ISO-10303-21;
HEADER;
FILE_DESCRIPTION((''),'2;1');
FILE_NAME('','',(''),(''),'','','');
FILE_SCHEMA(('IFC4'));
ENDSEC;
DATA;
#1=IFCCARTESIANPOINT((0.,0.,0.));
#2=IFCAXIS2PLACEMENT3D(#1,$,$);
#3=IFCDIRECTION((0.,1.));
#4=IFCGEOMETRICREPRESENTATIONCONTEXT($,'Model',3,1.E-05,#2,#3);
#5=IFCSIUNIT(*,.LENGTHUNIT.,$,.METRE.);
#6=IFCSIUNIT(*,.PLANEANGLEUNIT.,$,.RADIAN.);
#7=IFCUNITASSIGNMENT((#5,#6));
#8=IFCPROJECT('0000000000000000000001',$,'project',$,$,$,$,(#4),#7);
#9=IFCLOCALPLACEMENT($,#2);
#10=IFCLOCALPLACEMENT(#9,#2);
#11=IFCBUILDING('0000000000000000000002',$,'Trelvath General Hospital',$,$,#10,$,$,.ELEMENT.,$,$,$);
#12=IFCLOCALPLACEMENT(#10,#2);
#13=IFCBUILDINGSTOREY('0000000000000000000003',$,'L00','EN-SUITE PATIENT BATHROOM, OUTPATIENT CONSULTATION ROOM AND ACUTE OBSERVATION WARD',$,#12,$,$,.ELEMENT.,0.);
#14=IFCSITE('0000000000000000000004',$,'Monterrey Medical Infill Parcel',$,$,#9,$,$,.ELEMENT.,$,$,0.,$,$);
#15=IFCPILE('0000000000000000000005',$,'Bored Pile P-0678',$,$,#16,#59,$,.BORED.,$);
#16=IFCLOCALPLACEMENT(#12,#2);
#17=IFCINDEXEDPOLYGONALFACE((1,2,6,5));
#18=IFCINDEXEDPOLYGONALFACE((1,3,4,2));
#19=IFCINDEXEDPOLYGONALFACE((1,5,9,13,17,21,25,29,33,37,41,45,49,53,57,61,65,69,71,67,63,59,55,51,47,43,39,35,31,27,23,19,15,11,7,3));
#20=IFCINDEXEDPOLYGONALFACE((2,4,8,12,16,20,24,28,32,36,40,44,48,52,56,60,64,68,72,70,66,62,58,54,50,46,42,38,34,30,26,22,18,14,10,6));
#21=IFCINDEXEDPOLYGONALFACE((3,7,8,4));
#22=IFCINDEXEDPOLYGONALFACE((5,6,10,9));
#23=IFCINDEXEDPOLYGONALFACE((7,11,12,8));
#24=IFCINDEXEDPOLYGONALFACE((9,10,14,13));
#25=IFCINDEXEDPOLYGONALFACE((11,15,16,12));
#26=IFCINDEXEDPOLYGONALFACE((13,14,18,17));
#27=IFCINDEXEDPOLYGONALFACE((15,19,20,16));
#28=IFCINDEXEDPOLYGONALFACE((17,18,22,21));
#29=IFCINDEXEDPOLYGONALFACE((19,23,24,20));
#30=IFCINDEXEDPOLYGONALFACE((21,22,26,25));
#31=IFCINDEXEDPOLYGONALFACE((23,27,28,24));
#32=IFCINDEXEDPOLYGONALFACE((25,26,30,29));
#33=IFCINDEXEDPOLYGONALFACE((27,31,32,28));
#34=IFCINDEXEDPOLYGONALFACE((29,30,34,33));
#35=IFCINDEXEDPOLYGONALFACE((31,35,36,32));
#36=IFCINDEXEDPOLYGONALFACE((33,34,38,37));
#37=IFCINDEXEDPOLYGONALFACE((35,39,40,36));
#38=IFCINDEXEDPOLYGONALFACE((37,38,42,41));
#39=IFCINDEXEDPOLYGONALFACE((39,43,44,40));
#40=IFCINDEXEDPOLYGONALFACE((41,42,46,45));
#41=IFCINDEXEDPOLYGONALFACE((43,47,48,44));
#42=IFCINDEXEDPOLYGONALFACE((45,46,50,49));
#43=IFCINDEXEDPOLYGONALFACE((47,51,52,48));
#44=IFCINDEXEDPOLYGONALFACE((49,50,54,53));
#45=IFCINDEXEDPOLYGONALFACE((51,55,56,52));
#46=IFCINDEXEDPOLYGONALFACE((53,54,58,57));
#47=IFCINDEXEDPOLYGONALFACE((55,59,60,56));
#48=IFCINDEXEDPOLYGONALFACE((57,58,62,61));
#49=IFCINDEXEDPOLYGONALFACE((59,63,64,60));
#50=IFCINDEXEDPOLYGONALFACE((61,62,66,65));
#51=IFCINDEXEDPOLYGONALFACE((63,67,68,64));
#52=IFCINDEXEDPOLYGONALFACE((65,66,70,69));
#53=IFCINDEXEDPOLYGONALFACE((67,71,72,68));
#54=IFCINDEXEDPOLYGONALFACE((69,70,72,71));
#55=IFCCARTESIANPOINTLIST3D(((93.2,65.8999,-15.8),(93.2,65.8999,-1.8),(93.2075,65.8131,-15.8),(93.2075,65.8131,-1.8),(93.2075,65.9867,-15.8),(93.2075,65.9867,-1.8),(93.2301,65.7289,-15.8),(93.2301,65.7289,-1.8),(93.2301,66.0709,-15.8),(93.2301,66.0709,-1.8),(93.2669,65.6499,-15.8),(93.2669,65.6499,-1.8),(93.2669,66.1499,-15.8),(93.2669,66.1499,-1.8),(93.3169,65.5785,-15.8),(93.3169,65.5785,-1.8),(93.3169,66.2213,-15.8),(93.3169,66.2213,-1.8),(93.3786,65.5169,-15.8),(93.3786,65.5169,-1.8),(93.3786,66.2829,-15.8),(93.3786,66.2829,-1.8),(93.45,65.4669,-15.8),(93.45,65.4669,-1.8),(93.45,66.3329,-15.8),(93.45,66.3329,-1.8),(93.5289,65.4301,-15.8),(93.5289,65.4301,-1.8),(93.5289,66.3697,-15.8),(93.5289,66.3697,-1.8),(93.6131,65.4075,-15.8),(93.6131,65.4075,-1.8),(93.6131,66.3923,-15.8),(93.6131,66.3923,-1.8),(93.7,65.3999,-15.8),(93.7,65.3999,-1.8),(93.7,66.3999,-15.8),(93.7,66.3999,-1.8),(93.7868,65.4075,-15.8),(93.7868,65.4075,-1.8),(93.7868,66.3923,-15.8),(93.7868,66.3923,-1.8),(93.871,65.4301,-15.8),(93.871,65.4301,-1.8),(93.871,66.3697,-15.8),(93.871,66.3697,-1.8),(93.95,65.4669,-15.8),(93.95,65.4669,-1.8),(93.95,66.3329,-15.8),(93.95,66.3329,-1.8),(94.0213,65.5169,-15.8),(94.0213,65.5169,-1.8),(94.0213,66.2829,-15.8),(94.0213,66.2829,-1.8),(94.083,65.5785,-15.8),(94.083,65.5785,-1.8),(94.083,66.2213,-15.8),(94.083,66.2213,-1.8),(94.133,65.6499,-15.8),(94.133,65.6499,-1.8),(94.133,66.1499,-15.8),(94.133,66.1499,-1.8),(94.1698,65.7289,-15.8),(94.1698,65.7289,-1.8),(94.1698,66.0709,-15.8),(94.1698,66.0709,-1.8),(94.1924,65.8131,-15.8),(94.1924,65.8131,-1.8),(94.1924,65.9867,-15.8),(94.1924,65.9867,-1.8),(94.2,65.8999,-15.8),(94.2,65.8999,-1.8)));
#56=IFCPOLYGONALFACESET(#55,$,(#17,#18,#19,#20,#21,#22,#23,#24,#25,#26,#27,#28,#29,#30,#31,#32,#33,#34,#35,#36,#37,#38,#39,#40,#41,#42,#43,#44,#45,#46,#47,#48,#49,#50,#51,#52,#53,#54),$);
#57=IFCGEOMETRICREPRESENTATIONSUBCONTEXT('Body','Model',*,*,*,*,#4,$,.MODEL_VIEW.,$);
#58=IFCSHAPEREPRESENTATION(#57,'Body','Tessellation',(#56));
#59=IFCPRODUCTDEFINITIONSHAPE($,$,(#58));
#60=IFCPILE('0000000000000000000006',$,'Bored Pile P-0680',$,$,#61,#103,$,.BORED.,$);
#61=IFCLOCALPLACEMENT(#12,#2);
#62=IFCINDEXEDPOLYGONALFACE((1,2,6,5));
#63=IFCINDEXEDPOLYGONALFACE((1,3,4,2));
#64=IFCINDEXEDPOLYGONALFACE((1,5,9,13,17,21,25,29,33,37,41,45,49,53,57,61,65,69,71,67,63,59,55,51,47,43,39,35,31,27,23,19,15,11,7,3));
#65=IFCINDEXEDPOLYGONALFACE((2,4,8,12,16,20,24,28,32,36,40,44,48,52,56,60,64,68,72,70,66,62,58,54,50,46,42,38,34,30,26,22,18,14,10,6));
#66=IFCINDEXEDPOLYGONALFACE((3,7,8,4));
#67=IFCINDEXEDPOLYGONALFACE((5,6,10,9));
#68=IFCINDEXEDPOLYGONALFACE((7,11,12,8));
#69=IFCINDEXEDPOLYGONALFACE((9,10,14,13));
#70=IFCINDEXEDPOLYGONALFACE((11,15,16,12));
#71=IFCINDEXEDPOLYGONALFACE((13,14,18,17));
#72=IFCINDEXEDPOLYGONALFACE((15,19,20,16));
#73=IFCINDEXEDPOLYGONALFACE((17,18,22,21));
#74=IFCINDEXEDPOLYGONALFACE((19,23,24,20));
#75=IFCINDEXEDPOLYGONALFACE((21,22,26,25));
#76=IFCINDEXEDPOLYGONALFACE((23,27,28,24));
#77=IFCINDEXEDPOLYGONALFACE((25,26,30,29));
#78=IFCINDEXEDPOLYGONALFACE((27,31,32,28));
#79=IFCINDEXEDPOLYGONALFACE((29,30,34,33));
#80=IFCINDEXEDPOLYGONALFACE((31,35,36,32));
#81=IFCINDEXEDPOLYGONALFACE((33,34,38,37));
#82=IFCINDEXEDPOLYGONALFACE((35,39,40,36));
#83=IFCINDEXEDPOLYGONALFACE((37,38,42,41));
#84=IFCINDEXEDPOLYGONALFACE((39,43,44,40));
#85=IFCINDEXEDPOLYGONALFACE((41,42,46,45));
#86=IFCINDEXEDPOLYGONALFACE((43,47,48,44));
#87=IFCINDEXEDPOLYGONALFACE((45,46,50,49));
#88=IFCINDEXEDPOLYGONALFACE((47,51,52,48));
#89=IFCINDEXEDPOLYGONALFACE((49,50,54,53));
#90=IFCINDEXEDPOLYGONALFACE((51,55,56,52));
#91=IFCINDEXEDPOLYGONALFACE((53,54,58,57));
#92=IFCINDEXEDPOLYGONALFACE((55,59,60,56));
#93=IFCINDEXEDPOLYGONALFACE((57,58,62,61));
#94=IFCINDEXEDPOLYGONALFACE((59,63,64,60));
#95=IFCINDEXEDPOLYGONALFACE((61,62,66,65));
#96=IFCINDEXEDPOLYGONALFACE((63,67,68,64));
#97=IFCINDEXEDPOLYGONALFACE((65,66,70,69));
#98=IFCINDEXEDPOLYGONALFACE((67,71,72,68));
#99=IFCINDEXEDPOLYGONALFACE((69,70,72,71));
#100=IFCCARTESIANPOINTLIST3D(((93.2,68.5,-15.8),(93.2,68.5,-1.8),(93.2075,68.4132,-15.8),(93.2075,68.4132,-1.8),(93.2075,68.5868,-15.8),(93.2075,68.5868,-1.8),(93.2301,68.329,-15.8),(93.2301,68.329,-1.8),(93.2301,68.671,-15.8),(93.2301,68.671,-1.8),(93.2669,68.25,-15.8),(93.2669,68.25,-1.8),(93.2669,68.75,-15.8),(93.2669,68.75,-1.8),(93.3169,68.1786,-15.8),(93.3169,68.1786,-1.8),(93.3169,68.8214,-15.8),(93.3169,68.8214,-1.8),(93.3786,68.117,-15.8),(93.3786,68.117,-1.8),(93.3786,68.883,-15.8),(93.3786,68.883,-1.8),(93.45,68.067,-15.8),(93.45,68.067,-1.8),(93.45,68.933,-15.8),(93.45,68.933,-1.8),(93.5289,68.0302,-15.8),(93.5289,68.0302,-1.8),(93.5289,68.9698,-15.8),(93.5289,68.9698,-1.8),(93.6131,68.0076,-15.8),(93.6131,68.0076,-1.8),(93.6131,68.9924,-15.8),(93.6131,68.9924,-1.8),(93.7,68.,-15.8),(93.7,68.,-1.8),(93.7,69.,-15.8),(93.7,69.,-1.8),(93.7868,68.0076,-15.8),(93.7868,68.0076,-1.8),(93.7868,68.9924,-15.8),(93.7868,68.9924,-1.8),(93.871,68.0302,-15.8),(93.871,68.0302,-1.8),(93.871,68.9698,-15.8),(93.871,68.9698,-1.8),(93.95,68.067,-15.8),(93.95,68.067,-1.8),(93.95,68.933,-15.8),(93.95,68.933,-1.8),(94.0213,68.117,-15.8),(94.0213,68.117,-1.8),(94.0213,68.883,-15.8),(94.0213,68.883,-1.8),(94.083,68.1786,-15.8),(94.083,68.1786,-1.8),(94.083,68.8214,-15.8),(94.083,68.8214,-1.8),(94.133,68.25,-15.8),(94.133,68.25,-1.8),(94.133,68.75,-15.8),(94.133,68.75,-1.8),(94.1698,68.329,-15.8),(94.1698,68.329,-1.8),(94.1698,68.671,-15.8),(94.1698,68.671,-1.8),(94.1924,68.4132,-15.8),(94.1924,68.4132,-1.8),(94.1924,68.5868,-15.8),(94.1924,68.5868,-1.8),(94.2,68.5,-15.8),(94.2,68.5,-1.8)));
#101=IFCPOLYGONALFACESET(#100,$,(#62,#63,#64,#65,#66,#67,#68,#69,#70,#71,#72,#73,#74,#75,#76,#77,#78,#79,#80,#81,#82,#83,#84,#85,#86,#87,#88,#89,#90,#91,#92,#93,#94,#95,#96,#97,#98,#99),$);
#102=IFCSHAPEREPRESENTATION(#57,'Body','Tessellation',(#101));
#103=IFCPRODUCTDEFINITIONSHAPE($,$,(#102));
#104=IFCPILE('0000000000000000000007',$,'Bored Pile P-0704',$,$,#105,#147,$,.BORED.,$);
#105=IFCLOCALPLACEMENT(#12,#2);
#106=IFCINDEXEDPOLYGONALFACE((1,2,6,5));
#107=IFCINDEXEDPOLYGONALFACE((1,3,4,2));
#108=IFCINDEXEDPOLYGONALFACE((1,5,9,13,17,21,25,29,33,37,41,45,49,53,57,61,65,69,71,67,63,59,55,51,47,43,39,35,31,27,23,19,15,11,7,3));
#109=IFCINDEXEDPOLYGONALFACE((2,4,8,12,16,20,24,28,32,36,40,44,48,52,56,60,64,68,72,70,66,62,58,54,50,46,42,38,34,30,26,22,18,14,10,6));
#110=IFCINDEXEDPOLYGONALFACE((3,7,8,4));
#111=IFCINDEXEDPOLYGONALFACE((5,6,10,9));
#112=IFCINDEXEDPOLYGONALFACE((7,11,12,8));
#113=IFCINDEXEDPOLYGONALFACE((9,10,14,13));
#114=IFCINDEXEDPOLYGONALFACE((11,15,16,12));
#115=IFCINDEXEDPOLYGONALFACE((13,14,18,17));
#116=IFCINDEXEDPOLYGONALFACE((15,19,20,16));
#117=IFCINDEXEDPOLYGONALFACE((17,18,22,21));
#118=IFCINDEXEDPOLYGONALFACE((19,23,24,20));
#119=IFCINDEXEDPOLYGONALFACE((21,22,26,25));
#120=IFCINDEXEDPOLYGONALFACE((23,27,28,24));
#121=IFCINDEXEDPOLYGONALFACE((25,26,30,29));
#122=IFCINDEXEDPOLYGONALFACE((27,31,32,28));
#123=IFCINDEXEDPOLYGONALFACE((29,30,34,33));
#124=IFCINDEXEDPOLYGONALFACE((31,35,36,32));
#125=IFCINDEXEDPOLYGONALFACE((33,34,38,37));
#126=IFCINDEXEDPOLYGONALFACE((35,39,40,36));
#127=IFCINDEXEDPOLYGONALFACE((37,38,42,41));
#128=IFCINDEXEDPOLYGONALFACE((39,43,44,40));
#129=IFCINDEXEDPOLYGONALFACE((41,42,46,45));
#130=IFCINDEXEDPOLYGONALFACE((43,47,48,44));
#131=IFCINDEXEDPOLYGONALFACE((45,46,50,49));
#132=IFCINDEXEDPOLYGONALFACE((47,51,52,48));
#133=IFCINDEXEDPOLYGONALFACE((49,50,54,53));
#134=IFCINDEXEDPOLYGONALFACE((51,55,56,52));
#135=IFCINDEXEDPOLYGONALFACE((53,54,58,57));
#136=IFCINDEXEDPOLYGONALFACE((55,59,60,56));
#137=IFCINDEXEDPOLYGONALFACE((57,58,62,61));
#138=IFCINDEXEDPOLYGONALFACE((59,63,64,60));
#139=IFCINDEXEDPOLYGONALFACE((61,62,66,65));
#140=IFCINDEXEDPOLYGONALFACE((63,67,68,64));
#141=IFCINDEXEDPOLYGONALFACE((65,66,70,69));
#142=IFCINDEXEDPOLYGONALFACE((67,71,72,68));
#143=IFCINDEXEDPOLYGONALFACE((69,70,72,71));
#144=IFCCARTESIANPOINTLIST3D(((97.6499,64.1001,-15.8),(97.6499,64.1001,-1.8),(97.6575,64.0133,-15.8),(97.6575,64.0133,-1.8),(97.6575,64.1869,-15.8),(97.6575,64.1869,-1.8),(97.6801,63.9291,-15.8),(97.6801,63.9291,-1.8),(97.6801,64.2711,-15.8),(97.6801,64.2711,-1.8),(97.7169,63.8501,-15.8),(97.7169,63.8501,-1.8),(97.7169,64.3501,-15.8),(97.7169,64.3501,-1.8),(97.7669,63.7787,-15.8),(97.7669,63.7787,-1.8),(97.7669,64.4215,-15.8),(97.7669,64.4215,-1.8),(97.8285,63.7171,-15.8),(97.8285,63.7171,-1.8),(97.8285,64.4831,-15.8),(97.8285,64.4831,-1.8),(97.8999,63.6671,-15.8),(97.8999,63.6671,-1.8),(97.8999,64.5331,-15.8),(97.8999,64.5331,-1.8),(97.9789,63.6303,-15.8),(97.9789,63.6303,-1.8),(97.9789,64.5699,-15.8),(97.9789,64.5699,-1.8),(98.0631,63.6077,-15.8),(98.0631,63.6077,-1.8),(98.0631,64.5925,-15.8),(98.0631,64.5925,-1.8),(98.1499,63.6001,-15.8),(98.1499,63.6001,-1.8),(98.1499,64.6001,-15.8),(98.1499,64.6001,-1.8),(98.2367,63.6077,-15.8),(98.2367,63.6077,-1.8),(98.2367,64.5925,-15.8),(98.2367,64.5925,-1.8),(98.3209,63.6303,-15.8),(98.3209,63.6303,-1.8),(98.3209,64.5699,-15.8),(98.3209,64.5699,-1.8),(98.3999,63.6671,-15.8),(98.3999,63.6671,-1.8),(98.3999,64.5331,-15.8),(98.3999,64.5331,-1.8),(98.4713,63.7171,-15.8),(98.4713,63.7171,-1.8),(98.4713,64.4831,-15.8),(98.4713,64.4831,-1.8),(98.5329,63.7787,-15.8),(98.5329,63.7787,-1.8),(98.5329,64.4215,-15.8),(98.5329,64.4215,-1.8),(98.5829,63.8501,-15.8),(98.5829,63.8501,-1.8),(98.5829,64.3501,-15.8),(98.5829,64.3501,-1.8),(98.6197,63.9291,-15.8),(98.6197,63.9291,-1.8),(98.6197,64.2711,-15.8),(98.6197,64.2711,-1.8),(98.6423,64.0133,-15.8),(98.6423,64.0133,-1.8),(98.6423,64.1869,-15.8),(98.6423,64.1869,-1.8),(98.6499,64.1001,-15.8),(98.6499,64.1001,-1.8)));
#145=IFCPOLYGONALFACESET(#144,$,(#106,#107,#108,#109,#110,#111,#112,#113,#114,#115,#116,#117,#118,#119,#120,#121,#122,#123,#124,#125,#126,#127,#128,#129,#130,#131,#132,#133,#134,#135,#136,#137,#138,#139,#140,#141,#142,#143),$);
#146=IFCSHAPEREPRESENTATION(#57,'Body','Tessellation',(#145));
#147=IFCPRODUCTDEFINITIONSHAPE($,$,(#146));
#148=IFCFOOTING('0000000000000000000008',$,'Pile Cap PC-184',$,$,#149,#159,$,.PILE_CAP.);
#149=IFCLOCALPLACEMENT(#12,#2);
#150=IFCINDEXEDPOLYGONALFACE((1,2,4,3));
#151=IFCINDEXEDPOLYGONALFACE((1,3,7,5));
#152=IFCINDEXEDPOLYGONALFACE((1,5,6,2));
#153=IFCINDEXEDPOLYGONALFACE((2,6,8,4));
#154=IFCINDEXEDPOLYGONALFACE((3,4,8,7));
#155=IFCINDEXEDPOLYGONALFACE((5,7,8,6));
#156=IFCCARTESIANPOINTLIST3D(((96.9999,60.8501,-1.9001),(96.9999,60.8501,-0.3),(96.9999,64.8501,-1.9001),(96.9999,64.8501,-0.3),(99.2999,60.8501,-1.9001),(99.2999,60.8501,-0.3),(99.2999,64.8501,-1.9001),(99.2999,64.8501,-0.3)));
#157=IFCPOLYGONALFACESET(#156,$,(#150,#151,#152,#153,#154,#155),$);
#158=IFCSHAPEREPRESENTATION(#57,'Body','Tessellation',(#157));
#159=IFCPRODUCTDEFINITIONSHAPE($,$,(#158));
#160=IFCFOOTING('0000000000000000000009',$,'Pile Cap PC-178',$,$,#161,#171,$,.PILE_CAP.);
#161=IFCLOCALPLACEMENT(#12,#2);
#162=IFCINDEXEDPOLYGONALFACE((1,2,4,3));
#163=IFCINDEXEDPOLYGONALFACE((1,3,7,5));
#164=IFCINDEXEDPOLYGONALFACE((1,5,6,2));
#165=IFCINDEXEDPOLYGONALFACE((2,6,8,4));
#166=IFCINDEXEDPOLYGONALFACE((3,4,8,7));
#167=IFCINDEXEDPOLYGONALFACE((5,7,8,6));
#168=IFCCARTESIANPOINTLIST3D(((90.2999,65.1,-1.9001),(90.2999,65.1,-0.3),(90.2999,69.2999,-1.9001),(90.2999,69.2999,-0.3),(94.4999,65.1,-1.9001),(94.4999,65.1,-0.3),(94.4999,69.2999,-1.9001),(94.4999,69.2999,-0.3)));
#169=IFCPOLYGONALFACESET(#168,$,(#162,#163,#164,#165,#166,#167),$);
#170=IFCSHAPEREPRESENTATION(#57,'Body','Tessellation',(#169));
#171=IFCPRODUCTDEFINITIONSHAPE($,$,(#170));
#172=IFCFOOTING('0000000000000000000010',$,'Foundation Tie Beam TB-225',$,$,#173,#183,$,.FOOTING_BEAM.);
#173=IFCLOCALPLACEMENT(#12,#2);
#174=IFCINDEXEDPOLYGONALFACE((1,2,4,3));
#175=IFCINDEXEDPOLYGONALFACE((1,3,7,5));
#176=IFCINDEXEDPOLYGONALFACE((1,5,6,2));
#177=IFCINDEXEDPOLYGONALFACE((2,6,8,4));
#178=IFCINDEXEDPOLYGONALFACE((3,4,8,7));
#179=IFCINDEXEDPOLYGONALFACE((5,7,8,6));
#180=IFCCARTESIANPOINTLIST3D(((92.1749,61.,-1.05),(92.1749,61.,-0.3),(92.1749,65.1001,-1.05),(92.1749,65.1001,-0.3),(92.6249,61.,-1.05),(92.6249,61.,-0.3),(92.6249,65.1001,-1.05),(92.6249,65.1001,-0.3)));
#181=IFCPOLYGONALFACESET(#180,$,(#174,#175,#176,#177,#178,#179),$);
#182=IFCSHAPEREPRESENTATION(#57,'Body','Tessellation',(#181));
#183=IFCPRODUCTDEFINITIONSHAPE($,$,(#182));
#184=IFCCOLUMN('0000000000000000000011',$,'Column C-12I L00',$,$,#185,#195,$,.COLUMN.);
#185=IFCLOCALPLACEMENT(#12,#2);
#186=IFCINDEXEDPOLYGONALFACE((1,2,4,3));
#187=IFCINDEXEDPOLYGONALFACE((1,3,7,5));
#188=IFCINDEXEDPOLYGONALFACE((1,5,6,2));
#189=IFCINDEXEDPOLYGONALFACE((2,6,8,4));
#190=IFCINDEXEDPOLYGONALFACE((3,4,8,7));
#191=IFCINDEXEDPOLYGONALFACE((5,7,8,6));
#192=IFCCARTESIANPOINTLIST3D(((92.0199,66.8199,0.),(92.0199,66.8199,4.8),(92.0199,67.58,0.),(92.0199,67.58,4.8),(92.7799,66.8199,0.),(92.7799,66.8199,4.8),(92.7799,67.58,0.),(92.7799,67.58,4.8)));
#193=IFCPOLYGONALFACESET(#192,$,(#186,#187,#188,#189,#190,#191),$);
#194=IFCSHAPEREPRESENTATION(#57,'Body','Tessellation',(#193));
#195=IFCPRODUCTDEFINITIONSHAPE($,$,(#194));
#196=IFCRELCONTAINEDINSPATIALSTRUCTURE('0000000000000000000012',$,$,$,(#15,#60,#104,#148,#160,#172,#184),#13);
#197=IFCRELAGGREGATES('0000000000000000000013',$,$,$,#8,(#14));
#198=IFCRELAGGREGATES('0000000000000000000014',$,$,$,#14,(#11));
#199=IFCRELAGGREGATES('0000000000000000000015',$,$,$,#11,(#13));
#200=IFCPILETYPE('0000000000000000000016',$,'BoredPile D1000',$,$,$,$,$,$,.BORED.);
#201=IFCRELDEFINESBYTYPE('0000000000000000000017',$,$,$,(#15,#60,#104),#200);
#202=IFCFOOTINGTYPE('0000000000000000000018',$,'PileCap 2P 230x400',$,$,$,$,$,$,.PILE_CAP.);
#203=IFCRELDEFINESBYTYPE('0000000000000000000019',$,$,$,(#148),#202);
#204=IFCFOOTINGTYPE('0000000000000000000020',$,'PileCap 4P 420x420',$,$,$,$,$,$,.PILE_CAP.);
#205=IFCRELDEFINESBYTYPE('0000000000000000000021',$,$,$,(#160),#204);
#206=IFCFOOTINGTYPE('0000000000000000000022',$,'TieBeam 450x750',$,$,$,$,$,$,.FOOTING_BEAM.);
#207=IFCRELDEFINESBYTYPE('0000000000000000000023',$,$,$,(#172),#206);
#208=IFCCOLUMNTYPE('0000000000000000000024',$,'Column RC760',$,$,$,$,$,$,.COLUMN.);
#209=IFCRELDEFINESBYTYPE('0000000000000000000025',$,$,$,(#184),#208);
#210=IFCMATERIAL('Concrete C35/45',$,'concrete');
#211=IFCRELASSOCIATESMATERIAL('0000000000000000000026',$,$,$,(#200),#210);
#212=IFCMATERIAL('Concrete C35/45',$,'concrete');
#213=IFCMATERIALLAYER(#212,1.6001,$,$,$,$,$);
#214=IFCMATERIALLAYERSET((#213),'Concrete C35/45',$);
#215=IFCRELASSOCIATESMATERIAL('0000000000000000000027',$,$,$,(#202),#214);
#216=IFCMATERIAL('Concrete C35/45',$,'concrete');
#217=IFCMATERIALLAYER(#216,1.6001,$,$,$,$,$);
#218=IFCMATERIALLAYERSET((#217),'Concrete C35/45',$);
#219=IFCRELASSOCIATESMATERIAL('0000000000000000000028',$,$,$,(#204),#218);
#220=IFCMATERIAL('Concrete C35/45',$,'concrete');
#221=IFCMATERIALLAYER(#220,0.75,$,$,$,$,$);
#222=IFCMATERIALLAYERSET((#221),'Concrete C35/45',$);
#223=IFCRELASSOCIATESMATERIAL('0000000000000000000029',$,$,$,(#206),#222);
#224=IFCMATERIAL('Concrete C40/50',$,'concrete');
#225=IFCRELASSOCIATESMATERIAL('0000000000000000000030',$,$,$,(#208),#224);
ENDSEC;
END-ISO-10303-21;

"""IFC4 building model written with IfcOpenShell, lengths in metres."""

from ifc_helpers import new_model, si_unit, direction, frame, origin, origin_2d, place, context, subcontext, project, spatial, rectangle, circle, extrude, material, layer, layer_set, material_profile, profile_set, type_object, element, save


model = new_model("IFC4")

# Units and contexts
model_context = context("Model", 3, precision=1e-05, world=origin(), true_north=direction((0.0, 1.0)))
body_context = subcontext(model_context, "Body", "Model", "MODEL_VIEW")
ifc_project = project(units=[si_unit("LENGTHUNIT", "METRE"), si_unit("PLANEANGLEUNIT", "RADIAN")], contexts=[model_context])

# Site, building, storey
site_placement = place(None, origin())
site = spatial("IfcSite", under=ifc_project, at=site_placement, Name="Monterrey Medical Infill Parcel", CompositionType="ELEMENT", RefElevation=0.0)
building_placement = place(site_placement, origin())
building = spatial("IfcBuilding", under=site, at=building_placement, Name="Trelvath General Hospital", CompositionType="ELEMENT")
storey_placement = place(building_placement, origin())
storey = spatial("IfcBuildingStorey", under=building, at=storey_placement, Name="L00", Description="EN-SUITE PATIENT BATHROOM, OUTPATIENT CONSULTATION ROOM AND ACUTE OBSERVATION WARD", CompositionType="ELEMENT", Elevation=0.0)

# Piles
ifc_material_1 = material(Name="Concrete C35/45", Category="concrete")
ifc_material_profile_1 = material_profile(ifc_material_1, circle(Radius=0.5, at=origin_2d()), Name="PILE1000")
ifc_profile_set_1 = profile_set([ifc_material_profile_1], Name="Concrete C35/45")
pile_type = type_object("IfcPileType", Name="BoredPile D1000", PredefinedType="BORED", material=ifc_profile_set_1)
for number, where, z_axis, x_axis, name in (
    (1, (93.7, 65.8999, -1.8), (0.0, 0.0, -1.0), (1.0, 0.0, 0.0), "Bored Pile P-0678"),
    (2, (93.7, 68.5, -1.8), (0.0, 0.0, -1.0), (1.0, 0.0, 0.0), "Bored Pile P-0680"),
    (3, (98.1499, 64.1001, -1.8), (0.0, 0.0, -1.0), (1.0, 0.0, 0.0), "Bored Pile P-0704"),
):
    element("IfcPile", number, at=place(storey_placement, frame(where, z_axis=z_axis, x_axis=x_axis)), inside=storey, type_object=pile_type, Name=name, PredefinedType="BORED", context=body_context, shape_type="SweptSolid", body=[
        extrude(circle(Radius=0.5, at=origin_2d()), origin(), (0.0, 0.0, 1.0), 14.0),
    ])

# Footings
ifc_material_2 = material(Name="Concrete C35/45", Category="concrete")
ifc_layer_1 = layer(ifc_material_2, 1.6001)
ifc_layer_set_1 = layer_set([ifc_layer_1], Name="Concrete C35/45")
footing_type_1 = type_object("IfcFootingType", Name="PileCap 2P 230x400", PredefinedType="PILE_CAP", material=ifc_layer_set_1)
footing_1_placement = place(storey_placement, frame((98.1499, 62.8501, -1.9001), z_axis=(0.0, 0.0, 1.0), x_axis=(1.0, 0.0, 0.0)))
element("IfcFooting", 4, at=footing_1_placement, inside=storey, type_object=footing_type_1, Name="Pile Cap PC-184", PredefinedType="PILE_CAP", context=body_context, shape_type="SweptSolid", body=[
    extrude(rectangle(XDim=2.3, YDim=4.0, at=origin_2d()), origin(), (0.0, 0.0, 1.0), 1.6001),
])
ifc_material_3 = material(Name="Concrete C35/45", Category="concrete")
ifc_layer_2 = layer(ifc_material_3, 1.6001)
ifc_layer_set_2 = layer_set([ifc_layer_2], Name="Concrete C35/45")
footing_type_2 = type_object("IfcFootingType", Name="PileCap 4P 420x420", PredefinedType="PILE_CAP", material=ifc_layer_set_2)
footing_2_placement = place(storey_placement, frame((92.3999, 67.2, -1.9001), z_axis=(0.0, 0.0, 1.0), x_axis=(1.0, 0.0, 0.0)))
element("IfcFooting", 5, at=footing_2_placement, inside=storey, type_object=footing_type_2, Name="Pile Cap PC-178", PredefinedType="PILE_CAP", context=body_context, shape_type="SweptSolid", body=[
    extrude(rectangle(XDim=4.2, YDim=4.2, at=origin_2d()), origin(), (0.0, 0.0, 1.0), 1.6001),
])
ifc_material_4 = material(Name="Concrete C35/45", Category="concrete")
ifc_layer_3 = layer(ifc_material_4, 0.75)
ifc_layer_set_3 = layer_set([ifc_layer_3], Name="Concrete C35/45")
footing_type_3 = type_object("IfcFootingType", Name="TieBeam 450x750", PredefinedType="FOOTING_BEAM", material=ifc_layer_set_3)
footing_3_placement = place(storey_placement, frame((92.3999, 63.05, -1.05), z_axis=(0.0, 0.0, 1.0), x_axis=(1.0, 0.0, 0.0)))
element("IfcFooting", 6, at=footing_3_placement, inside=storey, type_object=footing_type_3, Name="Foundation Tie Beam TB-225", PredefinedType="FOOTING_BEAM", context=body_context, shape_type="SweptSolid", body=[
    extrude(rectangle(XDim=0.45, YDim=4.1001, at=origin_2d()), origin(), (0.0, 0.0, 1.0), 0.75),
])

# Column
ifc_material_5 = material(Name="Concrete C40/50", Category="concrete")
ifc_material_profile_2 = material_profile(ifc_material_5, rectangle(XDim=0.76, YDim=0.76, at=origin_2d()), Name="RC760x760")
ifc_profile_set_2 = profile_set([ifc_material_profile_2], Name="Concrete C40/50")
column_type_1 = type_object("IfcColumnType", Name="Column RC760", PredefinedType="COLUMN", material=ifc_profile_set_2)
column_1_placement = place(storey_placement, frame((92.3999, 67.2, 0.0), z_axis=(0.0, 0.0, 1.0), x_axis=(1.0, 0.0, 0.0)))
element("IfcColumn", 7, at=column_1_placement, inside=storey, type_object=column_type_1, Name="Column C-12I L00", PredefinedType="COLUMN", context=body_context, shape_type="SweptSolid", body=[
    extrude(rectangle(XDim=0.76, YDim=0.76, at=origin_2d()), origin(), (0.0, 0.0, 1.0), 4.8),
])

save(model, "model.ifc")
